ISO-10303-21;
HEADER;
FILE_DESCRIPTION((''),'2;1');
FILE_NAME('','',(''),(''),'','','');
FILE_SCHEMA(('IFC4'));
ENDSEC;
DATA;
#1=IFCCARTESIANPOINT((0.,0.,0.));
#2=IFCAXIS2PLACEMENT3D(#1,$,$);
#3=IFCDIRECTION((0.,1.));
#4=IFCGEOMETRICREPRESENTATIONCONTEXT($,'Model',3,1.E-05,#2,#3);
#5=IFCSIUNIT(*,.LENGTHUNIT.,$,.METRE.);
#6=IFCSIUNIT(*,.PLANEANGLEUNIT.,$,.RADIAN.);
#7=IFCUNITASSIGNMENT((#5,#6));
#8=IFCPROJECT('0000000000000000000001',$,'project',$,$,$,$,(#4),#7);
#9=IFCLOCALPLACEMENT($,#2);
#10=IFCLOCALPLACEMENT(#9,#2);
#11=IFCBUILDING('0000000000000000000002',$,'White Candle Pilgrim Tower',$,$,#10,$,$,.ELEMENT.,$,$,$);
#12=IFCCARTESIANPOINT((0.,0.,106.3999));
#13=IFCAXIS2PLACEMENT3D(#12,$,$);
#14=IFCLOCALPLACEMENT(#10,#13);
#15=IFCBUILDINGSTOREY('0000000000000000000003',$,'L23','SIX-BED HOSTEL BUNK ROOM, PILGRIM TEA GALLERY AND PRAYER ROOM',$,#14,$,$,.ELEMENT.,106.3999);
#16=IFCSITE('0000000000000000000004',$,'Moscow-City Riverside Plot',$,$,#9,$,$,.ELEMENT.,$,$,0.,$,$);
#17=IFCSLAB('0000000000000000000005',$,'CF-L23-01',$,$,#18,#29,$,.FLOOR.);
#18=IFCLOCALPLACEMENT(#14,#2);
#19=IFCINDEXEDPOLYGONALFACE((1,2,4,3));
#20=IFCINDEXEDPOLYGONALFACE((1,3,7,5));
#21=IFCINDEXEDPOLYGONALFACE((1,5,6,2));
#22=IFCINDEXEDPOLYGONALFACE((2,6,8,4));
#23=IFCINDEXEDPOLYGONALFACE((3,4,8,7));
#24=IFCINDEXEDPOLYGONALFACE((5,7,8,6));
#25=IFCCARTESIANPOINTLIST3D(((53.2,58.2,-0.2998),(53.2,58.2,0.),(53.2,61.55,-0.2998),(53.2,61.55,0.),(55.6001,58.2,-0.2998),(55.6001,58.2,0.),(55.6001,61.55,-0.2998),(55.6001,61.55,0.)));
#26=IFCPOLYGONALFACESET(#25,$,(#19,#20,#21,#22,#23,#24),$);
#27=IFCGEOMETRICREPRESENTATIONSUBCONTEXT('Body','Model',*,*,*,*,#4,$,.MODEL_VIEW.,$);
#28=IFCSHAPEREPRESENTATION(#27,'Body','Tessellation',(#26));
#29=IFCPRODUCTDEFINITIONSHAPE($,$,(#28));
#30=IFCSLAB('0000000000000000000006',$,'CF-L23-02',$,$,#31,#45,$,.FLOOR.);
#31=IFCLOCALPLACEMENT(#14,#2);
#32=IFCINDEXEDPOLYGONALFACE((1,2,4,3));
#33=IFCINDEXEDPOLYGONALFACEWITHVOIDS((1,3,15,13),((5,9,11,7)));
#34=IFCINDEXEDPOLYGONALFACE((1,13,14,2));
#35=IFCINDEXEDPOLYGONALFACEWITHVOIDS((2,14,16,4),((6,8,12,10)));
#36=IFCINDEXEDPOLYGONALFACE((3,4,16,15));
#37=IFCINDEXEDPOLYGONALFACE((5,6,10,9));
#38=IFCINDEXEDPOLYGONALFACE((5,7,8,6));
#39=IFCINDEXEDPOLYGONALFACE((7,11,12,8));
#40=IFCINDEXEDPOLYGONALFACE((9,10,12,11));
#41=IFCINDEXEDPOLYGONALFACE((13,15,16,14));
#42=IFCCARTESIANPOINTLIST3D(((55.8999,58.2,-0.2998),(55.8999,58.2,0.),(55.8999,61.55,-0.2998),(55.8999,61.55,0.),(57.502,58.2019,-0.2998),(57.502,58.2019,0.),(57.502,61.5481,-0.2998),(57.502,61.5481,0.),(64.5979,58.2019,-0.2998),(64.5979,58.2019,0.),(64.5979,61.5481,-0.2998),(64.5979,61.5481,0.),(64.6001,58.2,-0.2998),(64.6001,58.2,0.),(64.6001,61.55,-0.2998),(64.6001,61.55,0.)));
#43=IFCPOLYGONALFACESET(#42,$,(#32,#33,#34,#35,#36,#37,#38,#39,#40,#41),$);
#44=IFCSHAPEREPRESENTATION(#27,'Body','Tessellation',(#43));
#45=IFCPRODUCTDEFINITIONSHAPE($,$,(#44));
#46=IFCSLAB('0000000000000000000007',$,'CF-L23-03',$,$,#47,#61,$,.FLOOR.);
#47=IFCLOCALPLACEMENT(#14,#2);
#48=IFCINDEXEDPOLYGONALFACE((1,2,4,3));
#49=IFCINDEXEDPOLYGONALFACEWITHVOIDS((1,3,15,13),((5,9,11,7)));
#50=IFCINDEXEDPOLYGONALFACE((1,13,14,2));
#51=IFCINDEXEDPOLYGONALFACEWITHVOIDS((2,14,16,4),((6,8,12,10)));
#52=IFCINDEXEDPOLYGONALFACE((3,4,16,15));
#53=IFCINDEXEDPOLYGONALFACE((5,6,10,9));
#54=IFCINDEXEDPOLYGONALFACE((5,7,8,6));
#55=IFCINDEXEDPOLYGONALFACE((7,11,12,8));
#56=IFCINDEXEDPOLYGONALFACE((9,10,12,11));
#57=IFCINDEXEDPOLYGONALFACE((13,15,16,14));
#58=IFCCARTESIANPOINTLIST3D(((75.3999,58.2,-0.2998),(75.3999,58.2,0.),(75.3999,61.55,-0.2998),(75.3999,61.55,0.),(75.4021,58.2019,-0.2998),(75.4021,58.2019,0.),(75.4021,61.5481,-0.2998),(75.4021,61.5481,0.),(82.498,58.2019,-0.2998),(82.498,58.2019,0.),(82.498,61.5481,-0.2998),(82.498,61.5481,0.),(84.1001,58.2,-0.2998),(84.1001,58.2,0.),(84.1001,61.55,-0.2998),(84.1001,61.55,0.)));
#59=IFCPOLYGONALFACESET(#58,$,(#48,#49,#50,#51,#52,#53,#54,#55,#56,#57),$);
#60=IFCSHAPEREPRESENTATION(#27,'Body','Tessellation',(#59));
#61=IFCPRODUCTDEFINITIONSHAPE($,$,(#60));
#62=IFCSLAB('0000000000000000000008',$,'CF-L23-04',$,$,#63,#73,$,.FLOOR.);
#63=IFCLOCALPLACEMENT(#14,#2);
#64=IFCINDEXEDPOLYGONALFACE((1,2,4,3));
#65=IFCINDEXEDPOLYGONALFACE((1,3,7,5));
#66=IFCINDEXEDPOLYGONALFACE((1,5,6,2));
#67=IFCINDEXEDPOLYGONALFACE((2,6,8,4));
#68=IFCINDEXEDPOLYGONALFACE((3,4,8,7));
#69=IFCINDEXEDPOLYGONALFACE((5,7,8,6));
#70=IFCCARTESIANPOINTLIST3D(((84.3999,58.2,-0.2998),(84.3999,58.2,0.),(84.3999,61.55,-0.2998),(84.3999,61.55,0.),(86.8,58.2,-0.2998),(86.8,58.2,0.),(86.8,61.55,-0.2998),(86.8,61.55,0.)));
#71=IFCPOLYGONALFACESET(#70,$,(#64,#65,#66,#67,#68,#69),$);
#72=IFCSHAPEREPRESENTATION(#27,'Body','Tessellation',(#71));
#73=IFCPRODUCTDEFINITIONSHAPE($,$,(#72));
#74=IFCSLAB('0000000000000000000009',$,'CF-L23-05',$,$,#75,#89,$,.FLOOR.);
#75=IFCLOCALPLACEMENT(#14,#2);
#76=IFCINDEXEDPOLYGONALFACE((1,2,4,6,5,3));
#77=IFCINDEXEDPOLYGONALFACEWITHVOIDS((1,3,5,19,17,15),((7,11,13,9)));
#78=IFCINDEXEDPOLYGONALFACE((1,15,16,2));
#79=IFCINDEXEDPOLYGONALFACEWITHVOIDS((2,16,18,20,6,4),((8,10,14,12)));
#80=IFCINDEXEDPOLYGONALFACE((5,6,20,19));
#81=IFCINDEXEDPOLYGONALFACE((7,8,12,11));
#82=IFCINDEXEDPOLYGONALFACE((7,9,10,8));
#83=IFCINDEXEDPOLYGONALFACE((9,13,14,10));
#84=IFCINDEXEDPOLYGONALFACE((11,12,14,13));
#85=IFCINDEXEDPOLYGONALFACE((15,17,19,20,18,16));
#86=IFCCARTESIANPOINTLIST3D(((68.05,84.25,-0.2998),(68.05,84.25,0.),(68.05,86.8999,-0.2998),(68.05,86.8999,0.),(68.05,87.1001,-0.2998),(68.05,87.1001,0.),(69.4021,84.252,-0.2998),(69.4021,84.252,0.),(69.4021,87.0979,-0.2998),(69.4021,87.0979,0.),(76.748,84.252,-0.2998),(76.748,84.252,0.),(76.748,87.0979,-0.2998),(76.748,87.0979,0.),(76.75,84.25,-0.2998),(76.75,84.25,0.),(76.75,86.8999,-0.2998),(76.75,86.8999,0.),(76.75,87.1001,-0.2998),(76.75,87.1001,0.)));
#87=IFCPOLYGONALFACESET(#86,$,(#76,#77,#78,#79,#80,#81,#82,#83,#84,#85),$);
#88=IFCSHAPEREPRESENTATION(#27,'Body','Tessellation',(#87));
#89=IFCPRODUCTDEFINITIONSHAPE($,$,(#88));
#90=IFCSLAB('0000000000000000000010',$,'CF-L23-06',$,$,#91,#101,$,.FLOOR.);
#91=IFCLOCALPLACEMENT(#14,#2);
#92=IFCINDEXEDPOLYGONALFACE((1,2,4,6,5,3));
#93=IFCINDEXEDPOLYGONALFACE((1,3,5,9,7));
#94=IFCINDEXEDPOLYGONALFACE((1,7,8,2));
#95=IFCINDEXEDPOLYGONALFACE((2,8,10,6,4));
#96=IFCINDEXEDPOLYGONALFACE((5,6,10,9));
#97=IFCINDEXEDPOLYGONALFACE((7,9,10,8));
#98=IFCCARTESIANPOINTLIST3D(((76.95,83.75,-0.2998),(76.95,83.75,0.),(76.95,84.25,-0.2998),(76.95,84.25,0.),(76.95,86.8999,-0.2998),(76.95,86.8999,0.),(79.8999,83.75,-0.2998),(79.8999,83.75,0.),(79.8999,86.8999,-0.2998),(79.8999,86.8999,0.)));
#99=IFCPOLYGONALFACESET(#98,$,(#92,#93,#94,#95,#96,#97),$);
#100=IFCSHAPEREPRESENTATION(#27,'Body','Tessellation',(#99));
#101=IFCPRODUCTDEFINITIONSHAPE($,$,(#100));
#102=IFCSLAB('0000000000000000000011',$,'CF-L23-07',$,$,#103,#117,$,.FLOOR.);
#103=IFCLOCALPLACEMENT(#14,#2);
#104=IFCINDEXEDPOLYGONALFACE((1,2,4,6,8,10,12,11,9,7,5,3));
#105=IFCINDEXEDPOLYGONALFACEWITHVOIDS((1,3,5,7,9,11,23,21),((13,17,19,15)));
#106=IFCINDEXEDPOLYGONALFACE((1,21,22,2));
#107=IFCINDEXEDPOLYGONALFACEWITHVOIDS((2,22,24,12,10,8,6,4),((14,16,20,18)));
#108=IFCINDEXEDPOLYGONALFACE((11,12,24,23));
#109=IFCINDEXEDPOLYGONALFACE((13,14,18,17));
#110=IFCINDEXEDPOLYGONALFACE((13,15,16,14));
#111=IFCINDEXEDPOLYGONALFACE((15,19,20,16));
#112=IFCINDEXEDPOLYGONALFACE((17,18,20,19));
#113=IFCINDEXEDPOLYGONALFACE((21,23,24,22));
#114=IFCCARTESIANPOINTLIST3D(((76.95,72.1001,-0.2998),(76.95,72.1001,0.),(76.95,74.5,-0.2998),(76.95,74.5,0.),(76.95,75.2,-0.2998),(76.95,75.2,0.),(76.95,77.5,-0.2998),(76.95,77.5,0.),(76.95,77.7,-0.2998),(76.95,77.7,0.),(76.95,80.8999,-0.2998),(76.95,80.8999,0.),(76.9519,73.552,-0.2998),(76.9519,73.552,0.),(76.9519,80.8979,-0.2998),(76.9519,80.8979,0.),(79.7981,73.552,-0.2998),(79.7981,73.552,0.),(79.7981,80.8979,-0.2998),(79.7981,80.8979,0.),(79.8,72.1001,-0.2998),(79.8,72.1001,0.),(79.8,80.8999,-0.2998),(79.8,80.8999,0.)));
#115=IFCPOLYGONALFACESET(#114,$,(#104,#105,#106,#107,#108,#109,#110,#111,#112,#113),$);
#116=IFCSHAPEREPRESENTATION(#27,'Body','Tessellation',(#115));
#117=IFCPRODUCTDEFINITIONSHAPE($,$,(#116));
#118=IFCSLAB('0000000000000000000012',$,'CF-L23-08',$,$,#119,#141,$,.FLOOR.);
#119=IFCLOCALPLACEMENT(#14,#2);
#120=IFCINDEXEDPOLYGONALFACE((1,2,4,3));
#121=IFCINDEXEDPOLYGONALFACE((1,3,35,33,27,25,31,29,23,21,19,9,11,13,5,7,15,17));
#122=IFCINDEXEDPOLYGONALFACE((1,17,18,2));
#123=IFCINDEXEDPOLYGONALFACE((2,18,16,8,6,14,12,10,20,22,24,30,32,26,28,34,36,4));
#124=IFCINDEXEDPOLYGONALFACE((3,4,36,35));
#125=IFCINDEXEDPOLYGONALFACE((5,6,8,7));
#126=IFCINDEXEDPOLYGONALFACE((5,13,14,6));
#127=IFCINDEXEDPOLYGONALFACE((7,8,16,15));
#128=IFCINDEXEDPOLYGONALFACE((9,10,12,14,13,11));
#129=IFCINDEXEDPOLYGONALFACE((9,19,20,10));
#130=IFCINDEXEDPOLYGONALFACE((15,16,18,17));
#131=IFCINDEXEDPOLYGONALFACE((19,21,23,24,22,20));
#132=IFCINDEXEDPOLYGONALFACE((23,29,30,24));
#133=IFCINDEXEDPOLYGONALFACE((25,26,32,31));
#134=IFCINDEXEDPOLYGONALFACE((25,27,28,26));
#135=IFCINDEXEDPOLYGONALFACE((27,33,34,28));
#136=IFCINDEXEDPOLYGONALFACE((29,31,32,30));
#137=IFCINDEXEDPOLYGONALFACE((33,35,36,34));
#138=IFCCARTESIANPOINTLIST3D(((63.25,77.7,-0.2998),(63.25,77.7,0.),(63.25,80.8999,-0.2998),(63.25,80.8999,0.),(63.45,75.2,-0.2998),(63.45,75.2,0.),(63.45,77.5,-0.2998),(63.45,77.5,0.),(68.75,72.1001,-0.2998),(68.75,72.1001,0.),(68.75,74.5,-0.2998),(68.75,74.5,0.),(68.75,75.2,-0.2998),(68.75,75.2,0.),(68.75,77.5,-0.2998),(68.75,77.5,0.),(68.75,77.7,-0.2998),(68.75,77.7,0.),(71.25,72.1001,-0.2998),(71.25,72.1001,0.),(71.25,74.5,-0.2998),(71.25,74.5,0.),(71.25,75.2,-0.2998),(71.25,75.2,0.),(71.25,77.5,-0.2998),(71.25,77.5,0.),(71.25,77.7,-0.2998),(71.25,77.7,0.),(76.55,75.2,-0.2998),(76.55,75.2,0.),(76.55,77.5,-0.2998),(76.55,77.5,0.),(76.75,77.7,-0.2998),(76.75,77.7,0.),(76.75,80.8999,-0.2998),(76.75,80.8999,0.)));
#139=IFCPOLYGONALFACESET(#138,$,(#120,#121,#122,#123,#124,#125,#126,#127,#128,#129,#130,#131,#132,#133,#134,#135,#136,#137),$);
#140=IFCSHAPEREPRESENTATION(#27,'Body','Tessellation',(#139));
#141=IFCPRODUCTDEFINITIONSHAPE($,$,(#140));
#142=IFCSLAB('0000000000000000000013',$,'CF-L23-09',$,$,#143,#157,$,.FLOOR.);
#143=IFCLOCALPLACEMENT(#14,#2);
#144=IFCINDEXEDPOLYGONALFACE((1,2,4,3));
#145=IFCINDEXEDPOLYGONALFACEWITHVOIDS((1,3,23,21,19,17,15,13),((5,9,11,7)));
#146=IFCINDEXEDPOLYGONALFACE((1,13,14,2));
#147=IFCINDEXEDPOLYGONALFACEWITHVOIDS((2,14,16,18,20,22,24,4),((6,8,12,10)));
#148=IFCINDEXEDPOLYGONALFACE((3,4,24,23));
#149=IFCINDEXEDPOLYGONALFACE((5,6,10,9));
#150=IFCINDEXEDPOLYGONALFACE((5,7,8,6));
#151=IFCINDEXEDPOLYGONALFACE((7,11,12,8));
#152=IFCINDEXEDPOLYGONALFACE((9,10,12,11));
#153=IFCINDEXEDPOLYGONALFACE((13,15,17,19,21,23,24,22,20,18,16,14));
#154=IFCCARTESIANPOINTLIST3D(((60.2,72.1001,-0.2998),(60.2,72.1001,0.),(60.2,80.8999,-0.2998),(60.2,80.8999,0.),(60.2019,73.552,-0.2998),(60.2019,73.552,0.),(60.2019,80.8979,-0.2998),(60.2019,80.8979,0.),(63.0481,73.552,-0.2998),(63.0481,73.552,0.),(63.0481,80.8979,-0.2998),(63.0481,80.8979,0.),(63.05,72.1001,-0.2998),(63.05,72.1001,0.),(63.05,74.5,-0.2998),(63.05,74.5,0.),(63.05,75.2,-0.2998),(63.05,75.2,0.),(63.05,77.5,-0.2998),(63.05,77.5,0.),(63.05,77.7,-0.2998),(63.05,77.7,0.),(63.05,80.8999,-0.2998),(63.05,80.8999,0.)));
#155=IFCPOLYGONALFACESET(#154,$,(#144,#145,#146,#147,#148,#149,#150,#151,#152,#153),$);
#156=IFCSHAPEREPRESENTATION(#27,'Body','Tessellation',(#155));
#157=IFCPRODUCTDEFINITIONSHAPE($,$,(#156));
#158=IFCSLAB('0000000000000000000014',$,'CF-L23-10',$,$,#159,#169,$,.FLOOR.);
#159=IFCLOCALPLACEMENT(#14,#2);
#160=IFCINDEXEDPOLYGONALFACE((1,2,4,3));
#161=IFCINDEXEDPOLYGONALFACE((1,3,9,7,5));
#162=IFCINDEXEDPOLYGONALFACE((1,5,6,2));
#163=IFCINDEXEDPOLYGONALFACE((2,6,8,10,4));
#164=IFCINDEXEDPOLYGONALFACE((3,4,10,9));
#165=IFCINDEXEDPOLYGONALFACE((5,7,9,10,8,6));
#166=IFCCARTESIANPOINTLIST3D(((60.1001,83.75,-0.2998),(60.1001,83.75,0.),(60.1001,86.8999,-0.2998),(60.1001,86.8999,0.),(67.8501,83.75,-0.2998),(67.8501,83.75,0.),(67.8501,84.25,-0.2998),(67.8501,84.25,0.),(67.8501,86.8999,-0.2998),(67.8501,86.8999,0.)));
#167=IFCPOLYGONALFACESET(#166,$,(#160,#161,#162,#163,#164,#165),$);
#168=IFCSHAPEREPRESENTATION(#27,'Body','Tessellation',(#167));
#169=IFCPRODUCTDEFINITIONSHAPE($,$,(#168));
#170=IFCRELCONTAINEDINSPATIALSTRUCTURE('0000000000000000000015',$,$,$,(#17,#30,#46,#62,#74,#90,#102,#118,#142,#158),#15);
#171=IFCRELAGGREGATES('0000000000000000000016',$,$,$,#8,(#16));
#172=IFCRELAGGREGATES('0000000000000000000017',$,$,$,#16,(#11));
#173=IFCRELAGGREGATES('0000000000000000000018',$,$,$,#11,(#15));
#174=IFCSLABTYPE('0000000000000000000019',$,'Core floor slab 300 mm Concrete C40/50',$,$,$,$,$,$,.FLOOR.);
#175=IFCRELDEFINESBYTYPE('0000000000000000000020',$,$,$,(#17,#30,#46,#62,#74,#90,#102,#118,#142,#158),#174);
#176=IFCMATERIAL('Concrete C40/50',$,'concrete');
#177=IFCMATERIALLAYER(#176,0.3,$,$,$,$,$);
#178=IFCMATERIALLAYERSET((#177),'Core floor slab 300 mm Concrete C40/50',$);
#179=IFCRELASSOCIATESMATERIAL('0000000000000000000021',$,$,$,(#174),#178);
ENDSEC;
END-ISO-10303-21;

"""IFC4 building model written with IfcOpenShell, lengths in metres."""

from ifc_helpers import new_model, si_unit, direction, frame, origin, place, context, subcontext, project, spatial, polyline, outline, extrude, material, layer, layer_set, type_object, element, save


model = new_model("IFC4")

# Units and contexts
model_context = context("Model", 3, precision=1e-05, world=origin(), true_north=direction((0.0, 1.0)))
body_context = subcontext(model_context, "Body", "Model", "MODEL_VIEW")
ifc_project = project(units=[si_unit("LENGTHUNIT", "METRE"), si_unit("PLANEANGLEUNIT", "RADIAN")], contexts=[model_context])

# Site, building, storey
site_placement = place(None, origin())
site = spatial("IfcSite", under=ifc_project, at=site_placement, Name="Moscow-City Riverside Plot", CompositionType="ELEMENT", RefElevation=0.0)
building_placement = place(site_placement, origin())
building = spatial("IfcBuilding", under=site, at=building_placement, Name="White Candle Pilgrim Tower", CompositionType="ELEMENT")
storey_placement = place(building_placement, frame((0.0, 0.0, 106.3999)))
storey = spatial("IfcBuildingStorey", under=building, at=storey_placement, Name="L23", Description="SIX-BED HOSTEL BUNK ROOM, PILGRIM TEA GALLERY AND PRAYER ROOM", CompositionType="ELEMENT", Elevation=106.3999)

# Slabs
ifc_material = material(Name="Concrete C40/50", Category="concrete")
ifc_layer_1 = layer(ifc_material, 0.3)
ifc_layer_set_1 = layer_set([ifc_layer_1], Name="Core floor slab 300 mm Concrete C40/50")
slab_type_1 = type_object("IfcSlabType", Name="Core floor slab 300 mm Concrete C40/50", PredefinedType="FLOOR", material=ifc_layer_set_1)
slab_1_placement = place(storey_placement, frame((0.0, 0.0, -0.2998)))
element("IfcSlab", 1, at=slab_1_placement, inside=storey, type_object=slab_type_1, Name="CF-L23-01", PredefinedType="FLOOR", context=body_context, shape_type="SweptSolid", body=[
    extrude(outline(polyline([(55.6001, 58.2), (53.2, 58.2), (53.2, 61.55), (55.6001, 61.55), (55.6001, 58.2)])), origin(), (0.0, 0.0, 1.0), 0.2998),
])
slab_2_placement = place(storey_placement, frame((0.0, 0.0, -0.2998)))
element("IfcSlab", 2, at=slab_2_placement, inside=storey, type_object=slab_type_1, Name="CF-L23-02", PredefinedType="FLOOR", context=body_context, shape_type="SweptSolid", body=[
    extrude(outline(polyline([(55.8999, 58.2), (55.8999, 61.55), (64.6001, 61.55), (64.6001, 58.2), (55.8999, 58.2)]), holes=[polyline([(57.502, 61.5481), (57.502, 58.2019), (64.5979, 58.2019), (64.5979, 61.5481), (57.502, 61.5481)])]), origin(), (0.0, 0.0, 1.0), 0.2998),
])
slab_3_placement = place(storey_placement, frame((0.0, 0.0, -0.2998)))
element("IfcSlab", 3, at=slab_3_placement, inside=storey, type_object=slab_type_1, Name="CF-L23-03", PredefinedType="FLOOR", context=body_context, shape_type="SweptSolid", body=[
    extrude(outline(polyline([(75.3999, 58.2), (75.3999, 61.55), (84.1001, 61.55), (84.1001, 58.2), (75.3999, 58.2)]), holes=[polyline([(82.498, 58.2019), (82.498, 61.5481), (75.4021, 61.5481), (75.4021, 58.2019), (82.498, 58.2019)])]), origin(), (0.0, 0.0, 1.0), 0.2998),
])
slab_4_placement = place(storey_placement, frame((0.0, 0.0, -0.2998)))
element("IfcSlab", 4, at=slab_4_placement, inside=storey, type_object=slab_type_1, Name="CF-L23-04", PredefinedType="FLOOR", context=body_context, shape_type="SweptSolid", body=[
    extrude(outline(polyline([(86.8, 58.2), (84.3999, 58.2), (84.3999, 61.55), (86.8, 61.55), (86.8, 58.2)])), origin(), (0.0, 0.0, 1.0), 0.2998),
])
slab_5_placement = place(storey_placement, frame((0.0, 0.0, -0.2998)))
element("IfcSlab", 5, at=slab_5_placement, inside=storey, type_object=slab_type_1, Name="CF-L23-05", PredefinedType="FLOOR", context=body_context, shape_type="SweptSolid", body=[
    extrude(outline(polyline([(76.75, 87.1001), (76.75, 86.8999), (76.75, 84.25), (68.05, 84.25), (68.05, 86.8999), (68.05, 87.1001), (76.75, 87.1001)]), holes=[polyline([(69.4021, 87.0979), (69.4021, 84.252), (76.748, 84.252), (76.748, 87.0979), (69.4021, 87.0979)])]), origin(), (0.0, 0.0, 1.0), 0.2998),
])
slab_6_placement = place(storey_placement, frame((0.0, 0.0, -0.2998)))
element("IfcSlab", 6, at=slab_6_placement, inside=storey, type_object=slab_type_1, Name="CF-L23-06", PredefinedType="FLOOR", context=body_context, shape_type="SweptSolid", body=[
    extrude(outline(polyline([(79.8999, 86.8999), (79.8999, 83.75), (76.95, 83.75), (76.95, 84.25), (76.95, 86.8999), (79.8999, 86.8999)])), origin(), (0.0, 0.0, 1.0), 0.2998),
])
slab_7_placement = place(storey_placement, frame((0.0, 0.0, -0.2998)))
element("IfcSlab", 7, at=slab_7_placement, inside=storey, type_object=slab_type_1, Name="CF-L23-07", PredefinedType="FLOOR", context=body_context, shape_type="SweptSolid", body=[
    extrude(outline(polyline([(76.95, 72.1001), (76.95, 74.5), (76.95, 75.2), (76.95, 77.5), (76.95, 77.7), (76.95, 80.8999), (79.8, 80.8999), (79.8, 72.1001), (76.95, 72.1001)]), holes=[polyline([(76.9519, 73.552), (79.7981, 73.552), (79.7981, 80.8979), (76.9519, 80.8979), (76.9519, 73.552)])]), origin(), (0.0, 0.0, 1.0), 0.2998),
])
slab_8_placement = place(storey_placement, frame((0.0, 0.0, -0.2998)))
element("IfcSlab", 8, at=slab_8_placement, inside=storey, type_object=slab_type_1, Name="CF-L23-08", PredefinedType="FLOOR", context=body_context, shape_type="SweptSolid", body=[
    extrude(outline(polyline([(68.75, 72.1001), (68.75, 74.5), (68.75, 75.2), (63.45, 75.2), (63.45, 77.5), (68.75, 77.5), (68.75, 77.7), (63.25, 77.7), (63.25, 80.8999), (76.75, 80.8999), (76.75, 77.7), (71.25, 77.7), (71.25, 77.5), (76.55, 77.5), (76.55, 75.2), (71.25, 75.2), (71.25, 74.5), (71.25, 72.1001), (68.75, 72.1001)])), origin(), (0.0, 0.0, 1.0), 0.2998),
])
slab_9_placement = place(storey_placement, frame((0.0, 0.0, -0.2998)))
element("IfcSlab", 9, at=slab_9_placement, inside=storey, type_object=slab_type_1, Name="CF-L23-09", PredefinedType="FLOOR", context=body_context, shape_type="SweptSolid", body=[
    extrude(outline(polyline([(60.2, 72.1001), (60.2, 80.8999), (63.05, 80.8999), (63.05, 77.7), (63.05, 77.5), (63.05, 75.2), (63.05, 74.5), (63.05, 72.1001), (60.2, 72.1001)]), holes=[polyline([(60.2019, 73.552), (63.0481, 73.552), (63.0481, 80.8979), (60.2019, 80.8979), (60.2019, 73.552)])]), origin(), (0.0, 0.0, 1.0), 0.2998),
])
slab_10_placement = place(storey_placement, frame((0.0, 0.0, -0.2998)))
element("IfcSlab", 10, at=slab_10_placement, inside=storey, type_object=slab_type_1, Name="CF-L23-10", PredefinedType="FLOOR", context=body_context, shape_type="SweptSolid", body=[
    extrude(outline(polyline([(60.1001, 86.8999), (67.8501, 86.8999), (67.8501, 84.25), (67.8501, 83.75), (60.1001, 83.75), (60.1001, 86.8999)])), origin(), (0.0, 0.0, 1.0), 0.2998),
])

save(model, "model.ifc")
